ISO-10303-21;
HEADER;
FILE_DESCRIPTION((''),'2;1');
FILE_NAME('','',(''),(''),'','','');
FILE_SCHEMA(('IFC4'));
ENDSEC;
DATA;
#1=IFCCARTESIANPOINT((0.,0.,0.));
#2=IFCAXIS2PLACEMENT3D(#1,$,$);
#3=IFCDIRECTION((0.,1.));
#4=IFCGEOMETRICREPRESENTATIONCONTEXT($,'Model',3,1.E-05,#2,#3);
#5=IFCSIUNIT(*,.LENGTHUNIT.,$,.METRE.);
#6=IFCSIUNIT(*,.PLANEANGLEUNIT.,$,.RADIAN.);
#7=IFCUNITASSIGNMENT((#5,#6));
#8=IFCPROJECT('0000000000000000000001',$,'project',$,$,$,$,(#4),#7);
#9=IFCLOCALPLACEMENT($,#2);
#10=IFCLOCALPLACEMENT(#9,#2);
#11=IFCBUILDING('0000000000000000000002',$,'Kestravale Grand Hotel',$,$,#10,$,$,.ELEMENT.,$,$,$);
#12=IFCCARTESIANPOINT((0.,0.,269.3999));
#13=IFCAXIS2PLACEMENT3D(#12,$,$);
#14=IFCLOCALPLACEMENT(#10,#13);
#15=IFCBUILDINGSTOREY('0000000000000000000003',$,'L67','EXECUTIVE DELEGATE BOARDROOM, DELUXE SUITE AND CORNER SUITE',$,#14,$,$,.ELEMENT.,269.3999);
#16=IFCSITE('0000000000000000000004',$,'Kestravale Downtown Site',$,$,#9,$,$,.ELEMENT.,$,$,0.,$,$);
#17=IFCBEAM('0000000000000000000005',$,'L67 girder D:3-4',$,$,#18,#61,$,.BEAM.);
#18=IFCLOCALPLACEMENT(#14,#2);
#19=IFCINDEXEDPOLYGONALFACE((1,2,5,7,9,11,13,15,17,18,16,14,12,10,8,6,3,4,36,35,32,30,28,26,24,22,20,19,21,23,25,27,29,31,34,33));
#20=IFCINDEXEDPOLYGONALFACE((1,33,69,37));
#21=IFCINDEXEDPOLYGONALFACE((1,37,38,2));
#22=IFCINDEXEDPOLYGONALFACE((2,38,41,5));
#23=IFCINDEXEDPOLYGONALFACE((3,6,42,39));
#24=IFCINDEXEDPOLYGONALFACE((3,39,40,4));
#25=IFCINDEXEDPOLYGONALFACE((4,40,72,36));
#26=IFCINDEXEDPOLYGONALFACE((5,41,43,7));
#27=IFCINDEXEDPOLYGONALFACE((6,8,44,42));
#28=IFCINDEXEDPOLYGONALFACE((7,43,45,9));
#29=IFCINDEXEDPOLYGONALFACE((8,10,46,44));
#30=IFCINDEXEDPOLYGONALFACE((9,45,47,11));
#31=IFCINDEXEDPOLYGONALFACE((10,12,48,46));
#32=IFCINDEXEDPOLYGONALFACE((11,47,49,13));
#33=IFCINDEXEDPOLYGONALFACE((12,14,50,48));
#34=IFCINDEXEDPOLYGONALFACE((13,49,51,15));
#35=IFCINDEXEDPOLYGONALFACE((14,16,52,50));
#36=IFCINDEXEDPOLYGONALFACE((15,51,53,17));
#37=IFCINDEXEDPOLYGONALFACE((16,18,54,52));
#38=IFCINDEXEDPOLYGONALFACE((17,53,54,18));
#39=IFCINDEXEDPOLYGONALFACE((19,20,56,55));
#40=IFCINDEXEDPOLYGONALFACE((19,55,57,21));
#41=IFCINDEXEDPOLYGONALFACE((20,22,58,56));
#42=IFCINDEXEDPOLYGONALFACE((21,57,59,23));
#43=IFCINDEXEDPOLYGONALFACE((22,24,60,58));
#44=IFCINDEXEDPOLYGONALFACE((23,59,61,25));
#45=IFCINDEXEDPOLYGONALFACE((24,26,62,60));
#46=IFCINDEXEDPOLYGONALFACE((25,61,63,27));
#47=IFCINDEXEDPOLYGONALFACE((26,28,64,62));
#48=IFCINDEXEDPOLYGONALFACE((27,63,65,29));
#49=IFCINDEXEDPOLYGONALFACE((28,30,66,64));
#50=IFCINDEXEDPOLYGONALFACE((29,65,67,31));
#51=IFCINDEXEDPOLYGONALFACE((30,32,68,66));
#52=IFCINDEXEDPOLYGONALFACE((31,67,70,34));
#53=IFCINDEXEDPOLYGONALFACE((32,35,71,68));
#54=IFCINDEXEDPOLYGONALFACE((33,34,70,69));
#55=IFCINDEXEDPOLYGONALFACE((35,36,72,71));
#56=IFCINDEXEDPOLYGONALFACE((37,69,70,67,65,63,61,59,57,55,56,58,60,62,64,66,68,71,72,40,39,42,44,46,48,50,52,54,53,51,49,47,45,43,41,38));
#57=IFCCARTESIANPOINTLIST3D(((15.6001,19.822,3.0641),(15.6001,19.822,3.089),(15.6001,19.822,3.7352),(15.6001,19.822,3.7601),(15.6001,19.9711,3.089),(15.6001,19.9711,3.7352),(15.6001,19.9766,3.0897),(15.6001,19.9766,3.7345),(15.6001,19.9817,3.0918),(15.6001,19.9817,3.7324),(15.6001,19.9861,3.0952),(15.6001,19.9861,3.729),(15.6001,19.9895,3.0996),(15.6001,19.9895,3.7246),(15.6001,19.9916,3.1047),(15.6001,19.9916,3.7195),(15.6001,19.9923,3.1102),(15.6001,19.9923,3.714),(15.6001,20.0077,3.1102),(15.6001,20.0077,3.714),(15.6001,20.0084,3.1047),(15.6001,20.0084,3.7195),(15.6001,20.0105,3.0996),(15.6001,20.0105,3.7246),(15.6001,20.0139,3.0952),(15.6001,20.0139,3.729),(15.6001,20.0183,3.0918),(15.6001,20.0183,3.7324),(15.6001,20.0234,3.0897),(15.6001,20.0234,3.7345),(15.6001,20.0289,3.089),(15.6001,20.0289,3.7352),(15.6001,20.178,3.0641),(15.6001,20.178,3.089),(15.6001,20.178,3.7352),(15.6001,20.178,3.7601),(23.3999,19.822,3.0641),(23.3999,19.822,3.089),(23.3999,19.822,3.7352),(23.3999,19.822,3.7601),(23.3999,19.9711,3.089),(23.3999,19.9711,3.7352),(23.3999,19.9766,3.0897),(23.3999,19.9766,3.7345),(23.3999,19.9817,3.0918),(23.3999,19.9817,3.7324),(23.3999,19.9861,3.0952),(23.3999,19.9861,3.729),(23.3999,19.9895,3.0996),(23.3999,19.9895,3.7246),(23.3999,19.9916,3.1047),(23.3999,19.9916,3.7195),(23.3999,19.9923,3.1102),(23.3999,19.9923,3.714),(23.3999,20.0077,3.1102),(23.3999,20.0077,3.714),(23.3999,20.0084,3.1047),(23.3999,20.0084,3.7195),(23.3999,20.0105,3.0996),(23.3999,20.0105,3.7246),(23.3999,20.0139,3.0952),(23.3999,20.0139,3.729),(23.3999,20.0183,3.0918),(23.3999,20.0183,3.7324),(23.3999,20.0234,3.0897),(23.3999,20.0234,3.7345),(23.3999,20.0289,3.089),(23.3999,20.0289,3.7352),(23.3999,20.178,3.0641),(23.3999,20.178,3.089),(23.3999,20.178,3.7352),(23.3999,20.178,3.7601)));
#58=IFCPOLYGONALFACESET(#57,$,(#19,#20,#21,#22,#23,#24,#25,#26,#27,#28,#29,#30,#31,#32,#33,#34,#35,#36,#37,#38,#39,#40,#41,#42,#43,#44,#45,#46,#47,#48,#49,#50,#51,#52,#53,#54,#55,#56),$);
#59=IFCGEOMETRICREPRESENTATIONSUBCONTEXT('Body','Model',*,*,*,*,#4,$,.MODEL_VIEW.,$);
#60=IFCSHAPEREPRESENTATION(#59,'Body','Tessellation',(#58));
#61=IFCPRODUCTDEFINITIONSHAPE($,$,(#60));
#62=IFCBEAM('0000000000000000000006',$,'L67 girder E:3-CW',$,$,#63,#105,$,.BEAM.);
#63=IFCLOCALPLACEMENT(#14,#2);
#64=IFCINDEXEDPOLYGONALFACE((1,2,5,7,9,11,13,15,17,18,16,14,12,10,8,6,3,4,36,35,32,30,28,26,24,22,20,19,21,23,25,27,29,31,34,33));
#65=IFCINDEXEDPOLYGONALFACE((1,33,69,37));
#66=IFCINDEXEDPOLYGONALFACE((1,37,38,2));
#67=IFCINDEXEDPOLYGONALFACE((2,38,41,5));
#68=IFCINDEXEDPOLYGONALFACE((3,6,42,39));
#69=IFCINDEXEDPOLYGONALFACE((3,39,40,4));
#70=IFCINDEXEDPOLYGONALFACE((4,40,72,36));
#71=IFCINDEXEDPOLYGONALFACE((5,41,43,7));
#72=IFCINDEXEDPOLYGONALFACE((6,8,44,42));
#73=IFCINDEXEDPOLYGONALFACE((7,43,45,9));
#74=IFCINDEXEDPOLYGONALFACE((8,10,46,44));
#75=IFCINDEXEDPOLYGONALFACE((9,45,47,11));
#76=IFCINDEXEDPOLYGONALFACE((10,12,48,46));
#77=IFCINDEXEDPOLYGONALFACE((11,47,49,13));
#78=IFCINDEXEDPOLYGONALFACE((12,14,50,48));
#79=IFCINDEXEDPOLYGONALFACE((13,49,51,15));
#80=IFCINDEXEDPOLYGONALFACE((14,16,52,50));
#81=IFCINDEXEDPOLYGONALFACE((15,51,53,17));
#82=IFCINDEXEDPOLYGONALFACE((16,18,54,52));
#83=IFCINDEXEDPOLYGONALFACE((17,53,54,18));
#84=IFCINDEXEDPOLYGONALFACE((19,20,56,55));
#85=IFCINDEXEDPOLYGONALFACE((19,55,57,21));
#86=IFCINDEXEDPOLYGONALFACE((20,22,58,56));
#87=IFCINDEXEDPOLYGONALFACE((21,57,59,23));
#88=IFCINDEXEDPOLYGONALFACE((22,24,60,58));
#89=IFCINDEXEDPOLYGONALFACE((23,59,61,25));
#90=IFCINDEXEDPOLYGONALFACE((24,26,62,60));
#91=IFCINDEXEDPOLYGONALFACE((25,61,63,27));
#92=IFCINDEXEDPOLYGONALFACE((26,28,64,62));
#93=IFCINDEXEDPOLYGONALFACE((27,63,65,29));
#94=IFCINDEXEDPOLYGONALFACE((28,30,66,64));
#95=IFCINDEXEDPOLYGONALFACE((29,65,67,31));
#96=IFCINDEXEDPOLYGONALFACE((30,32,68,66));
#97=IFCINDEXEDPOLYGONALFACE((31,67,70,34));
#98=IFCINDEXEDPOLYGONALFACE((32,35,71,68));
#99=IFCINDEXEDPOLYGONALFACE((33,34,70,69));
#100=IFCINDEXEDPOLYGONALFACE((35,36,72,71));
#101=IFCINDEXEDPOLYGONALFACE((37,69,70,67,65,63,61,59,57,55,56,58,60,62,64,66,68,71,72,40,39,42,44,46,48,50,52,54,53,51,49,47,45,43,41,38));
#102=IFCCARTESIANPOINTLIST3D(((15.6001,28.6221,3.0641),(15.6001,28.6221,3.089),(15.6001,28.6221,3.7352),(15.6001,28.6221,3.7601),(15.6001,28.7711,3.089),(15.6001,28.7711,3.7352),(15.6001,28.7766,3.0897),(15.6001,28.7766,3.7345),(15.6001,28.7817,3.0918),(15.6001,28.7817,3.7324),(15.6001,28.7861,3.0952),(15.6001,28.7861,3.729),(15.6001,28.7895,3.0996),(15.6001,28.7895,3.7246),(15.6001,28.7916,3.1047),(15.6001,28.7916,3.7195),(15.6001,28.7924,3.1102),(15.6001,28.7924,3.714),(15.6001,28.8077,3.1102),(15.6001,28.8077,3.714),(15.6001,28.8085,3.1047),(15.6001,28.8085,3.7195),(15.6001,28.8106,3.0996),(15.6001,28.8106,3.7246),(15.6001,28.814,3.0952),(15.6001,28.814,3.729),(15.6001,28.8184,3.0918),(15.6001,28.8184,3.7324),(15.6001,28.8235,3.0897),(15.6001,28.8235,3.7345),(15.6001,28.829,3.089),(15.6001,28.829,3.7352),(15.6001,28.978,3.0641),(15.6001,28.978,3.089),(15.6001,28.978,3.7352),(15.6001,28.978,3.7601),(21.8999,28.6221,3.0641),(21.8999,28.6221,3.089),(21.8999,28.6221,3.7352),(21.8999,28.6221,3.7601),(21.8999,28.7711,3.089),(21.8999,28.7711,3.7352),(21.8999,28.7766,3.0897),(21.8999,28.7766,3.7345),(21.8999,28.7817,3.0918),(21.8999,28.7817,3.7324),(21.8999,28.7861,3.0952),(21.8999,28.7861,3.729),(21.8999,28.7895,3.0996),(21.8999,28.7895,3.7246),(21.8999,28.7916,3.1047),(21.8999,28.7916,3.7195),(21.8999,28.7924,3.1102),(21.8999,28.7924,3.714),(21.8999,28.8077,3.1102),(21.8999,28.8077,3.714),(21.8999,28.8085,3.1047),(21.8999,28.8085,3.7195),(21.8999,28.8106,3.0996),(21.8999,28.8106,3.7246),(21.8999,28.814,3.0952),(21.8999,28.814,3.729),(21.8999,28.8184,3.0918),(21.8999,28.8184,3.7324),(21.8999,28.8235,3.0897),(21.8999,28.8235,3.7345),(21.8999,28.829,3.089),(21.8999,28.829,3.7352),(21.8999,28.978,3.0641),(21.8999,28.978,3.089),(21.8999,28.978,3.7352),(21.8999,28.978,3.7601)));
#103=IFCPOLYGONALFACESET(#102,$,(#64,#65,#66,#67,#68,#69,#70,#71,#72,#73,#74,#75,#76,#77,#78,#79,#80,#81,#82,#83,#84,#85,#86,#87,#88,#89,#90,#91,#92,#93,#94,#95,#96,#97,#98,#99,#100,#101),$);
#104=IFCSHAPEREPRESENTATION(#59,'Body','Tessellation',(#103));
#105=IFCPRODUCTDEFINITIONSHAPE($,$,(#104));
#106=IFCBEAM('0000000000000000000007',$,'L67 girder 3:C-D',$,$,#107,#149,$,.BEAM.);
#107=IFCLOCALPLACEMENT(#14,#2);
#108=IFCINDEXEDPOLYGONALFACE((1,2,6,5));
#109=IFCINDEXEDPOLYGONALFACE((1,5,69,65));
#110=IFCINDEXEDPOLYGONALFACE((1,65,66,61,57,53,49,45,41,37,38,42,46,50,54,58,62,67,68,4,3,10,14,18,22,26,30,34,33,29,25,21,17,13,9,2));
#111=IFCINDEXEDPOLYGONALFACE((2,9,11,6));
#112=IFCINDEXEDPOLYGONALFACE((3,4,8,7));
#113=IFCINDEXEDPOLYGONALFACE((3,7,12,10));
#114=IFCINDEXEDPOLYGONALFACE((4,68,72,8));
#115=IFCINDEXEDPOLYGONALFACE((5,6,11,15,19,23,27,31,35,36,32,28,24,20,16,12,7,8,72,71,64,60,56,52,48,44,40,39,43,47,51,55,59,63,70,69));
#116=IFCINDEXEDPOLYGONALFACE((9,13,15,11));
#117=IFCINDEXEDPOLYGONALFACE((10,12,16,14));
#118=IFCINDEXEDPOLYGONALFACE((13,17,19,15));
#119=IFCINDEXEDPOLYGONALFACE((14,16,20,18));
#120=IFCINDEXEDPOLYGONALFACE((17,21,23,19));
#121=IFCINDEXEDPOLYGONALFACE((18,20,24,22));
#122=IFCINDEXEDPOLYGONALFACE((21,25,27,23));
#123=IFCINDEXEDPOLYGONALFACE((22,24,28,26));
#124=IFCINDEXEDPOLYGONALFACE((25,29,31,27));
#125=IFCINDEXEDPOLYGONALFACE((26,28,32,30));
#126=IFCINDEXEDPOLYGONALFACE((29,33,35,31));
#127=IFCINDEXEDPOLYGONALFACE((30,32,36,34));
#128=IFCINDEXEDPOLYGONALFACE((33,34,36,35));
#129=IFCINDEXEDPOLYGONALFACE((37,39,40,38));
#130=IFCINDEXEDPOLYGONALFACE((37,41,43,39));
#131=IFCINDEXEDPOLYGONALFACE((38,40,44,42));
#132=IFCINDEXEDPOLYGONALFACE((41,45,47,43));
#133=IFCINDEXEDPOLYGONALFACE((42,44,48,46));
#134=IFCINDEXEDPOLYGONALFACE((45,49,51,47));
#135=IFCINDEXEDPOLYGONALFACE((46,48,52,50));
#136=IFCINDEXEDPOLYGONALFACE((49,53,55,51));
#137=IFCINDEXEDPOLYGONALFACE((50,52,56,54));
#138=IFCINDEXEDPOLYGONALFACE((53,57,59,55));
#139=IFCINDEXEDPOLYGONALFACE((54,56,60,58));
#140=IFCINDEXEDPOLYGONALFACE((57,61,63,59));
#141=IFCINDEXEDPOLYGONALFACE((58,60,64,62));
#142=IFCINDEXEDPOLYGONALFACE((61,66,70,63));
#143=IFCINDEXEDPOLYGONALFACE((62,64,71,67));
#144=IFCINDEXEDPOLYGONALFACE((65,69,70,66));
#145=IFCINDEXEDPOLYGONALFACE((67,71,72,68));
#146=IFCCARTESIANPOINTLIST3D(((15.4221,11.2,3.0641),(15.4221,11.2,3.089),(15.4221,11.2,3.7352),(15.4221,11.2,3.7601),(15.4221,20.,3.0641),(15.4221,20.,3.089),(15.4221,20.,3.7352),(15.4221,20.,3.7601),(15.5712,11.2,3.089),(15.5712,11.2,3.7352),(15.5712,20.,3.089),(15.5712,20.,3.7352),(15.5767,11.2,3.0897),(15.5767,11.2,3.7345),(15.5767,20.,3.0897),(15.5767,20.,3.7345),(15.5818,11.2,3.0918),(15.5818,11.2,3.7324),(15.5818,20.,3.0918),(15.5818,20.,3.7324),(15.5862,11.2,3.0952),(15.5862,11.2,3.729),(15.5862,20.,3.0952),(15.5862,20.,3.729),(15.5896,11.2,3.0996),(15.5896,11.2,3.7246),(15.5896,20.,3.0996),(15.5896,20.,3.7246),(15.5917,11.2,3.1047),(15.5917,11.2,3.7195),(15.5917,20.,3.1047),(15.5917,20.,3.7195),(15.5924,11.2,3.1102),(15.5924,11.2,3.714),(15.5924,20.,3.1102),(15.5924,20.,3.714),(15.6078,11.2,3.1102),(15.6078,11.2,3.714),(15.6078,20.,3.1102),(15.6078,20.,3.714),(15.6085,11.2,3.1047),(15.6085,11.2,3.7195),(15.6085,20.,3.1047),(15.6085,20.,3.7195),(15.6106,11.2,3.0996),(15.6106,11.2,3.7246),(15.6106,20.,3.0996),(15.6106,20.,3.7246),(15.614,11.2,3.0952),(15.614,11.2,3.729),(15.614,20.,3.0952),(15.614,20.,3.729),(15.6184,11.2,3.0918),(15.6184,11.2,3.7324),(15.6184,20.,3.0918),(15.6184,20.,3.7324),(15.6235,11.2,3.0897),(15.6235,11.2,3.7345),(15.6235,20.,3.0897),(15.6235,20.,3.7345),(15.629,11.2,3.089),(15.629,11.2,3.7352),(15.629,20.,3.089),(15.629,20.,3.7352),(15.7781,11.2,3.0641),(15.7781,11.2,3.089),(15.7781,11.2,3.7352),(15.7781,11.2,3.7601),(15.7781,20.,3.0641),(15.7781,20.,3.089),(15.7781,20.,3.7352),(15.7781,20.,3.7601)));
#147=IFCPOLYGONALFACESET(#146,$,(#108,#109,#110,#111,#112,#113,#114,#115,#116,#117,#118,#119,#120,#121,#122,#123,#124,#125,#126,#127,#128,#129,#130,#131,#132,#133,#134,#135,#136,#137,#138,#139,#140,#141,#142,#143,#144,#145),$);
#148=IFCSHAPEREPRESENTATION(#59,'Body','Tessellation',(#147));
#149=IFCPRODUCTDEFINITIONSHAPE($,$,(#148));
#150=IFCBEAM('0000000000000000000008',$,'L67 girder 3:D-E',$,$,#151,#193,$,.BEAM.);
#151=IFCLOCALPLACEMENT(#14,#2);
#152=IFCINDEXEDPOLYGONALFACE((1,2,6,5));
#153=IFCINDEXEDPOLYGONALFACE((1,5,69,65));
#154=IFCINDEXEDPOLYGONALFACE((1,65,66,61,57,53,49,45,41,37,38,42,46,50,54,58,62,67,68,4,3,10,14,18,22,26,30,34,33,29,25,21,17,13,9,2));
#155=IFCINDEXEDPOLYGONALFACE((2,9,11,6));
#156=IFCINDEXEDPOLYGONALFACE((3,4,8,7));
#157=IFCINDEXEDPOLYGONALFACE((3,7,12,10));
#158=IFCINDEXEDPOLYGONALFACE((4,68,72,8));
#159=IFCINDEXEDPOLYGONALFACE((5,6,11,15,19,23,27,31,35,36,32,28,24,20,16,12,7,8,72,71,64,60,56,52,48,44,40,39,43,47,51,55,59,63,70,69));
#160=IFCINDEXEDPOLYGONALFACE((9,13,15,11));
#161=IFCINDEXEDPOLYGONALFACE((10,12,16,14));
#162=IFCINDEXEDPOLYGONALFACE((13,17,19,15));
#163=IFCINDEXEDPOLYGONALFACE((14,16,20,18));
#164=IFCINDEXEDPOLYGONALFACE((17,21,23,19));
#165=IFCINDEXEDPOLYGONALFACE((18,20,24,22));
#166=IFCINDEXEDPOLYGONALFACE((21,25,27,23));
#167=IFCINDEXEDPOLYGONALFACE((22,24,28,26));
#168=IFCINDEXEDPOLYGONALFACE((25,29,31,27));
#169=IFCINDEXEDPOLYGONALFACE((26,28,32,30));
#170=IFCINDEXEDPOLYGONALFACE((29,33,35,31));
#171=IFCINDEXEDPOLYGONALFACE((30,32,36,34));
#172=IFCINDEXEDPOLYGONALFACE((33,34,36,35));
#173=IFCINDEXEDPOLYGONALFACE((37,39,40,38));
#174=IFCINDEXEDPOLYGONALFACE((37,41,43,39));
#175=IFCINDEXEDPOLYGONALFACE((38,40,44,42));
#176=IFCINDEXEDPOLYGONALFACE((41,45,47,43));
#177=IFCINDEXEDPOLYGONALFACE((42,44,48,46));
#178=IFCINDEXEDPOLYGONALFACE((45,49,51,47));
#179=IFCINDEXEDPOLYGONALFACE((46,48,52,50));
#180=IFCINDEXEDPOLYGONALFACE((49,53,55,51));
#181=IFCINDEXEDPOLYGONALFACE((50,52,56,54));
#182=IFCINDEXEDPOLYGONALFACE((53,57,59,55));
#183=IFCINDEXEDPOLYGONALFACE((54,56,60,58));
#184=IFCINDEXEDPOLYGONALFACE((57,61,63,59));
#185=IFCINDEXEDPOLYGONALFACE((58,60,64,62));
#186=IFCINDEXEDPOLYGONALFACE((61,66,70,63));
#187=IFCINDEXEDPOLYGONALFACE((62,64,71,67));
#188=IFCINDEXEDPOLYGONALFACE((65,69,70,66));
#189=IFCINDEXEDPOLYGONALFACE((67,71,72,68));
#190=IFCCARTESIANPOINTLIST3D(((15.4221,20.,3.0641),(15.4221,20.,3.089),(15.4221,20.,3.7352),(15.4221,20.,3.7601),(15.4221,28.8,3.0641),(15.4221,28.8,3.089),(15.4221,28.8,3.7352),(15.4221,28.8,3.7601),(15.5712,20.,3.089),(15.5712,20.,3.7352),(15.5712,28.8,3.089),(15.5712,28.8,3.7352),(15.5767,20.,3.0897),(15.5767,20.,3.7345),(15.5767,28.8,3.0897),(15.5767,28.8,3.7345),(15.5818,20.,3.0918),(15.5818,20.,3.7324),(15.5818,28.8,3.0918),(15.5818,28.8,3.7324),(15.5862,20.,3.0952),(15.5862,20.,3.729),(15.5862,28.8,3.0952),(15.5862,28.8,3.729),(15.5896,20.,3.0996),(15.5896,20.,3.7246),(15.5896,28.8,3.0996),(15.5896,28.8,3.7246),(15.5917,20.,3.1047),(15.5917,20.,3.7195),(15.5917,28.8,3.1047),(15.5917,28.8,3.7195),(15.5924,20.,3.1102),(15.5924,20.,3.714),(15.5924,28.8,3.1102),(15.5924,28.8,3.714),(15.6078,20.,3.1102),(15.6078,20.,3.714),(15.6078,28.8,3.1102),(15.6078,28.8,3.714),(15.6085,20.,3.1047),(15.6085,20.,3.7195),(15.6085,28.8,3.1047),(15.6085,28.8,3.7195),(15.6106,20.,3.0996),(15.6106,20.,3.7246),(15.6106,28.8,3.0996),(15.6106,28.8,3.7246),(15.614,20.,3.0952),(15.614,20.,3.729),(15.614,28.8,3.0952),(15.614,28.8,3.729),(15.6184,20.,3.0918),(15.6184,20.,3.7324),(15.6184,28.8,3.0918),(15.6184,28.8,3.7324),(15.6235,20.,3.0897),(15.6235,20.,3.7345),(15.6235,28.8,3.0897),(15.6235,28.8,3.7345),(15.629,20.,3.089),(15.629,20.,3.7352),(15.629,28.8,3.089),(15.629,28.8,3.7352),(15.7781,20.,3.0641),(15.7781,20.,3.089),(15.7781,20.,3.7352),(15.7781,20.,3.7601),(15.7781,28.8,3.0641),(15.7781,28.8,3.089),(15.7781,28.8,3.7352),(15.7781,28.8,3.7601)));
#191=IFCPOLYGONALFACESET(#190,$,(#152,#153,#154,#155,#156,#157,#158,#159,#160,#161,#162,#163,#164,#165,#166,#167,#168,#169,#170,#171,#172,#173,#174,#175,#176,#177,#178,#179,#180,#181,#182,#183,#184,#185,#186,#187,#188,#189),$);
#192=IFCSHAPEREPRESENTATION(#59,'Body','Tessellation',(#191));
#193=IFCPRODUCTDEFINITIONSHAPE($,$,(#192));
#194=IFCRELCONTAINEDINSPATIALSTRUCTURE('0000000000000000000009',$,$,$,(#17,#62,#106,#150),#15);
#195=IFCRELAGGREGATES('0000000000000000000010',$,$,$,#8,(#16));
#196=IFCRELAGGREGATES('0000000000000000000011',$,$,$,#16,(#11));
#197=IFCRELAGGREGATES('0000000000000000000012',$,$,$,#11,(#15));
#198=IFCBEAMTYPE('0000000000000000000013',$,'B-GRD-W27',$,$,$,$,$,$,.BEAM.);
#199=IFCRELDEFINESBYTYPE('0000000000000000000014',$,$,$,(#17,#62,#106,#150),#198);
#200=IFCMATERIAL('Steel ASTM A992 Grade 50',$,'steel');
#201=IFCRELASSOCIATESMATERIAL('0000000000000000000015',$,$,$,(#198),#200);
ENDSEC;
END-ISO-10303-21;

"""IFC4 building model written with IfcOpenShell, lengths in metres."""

from ifc_helpers import new_model, si_unit, direction, frame, origin, origin_2d, place, context, subcontext, project, spatial, i_section, extrude, material, material_profile, profile_set, type_object, element, save


model = new_model("IFC4")

# Units and contexts
model_context = context("Model", 3, precision=1e-05, world=origin(), true_north=direction((0.0, 1.0)))
body_context = subcontext(model_context, "Body", "Model", "MODEL_VIEW")
ifc_project = project(units=[si_unit("LENGTHUNIT", "METRE"), si_unit("PLANEANGLEUNIT", "RADIAN")], contexts=[model_context])

# Site, building, storey
site_placement = place(None, origin())
site = spatial("IfcSite", under=ifc_project, at=site_placement, Name="Kestravale Downtown Site", CompositionType="ELEMENT", RefElevation=0.0)
building_placement = place(site_placement, origin())
building = spatial("IfcBuilding", under=site, at=building_placement, Name="Kestravale Grand Hotel", CompositionType="ELEMENT")
storey_placement = place(building_placement, frame((0.0, 0.0, 269.3999)))
storey = spatial("IfcBuildingStorey", under=building, at=storey_placement, Name="L67", Description="EXECUTIVE DELEGATE BOARDROOM, DELUXE SUITE AND CORNER SUITE", CompositionType="ELEMENT", Elevation=269.3999)

# Beams
ifc_material_1 = material(Name="Steel ASTM A992 Grade 50", Category="steel")
ifc_material_profile_1 = material_profile(ifc_material_1, i_section(OverallWidth=0.356, OverallDepth=0.696, WebThickness=0.0154, FlangeThickness=0.0249, FilletRadius=0.0212, at=origin_2d()))
ifc_profile_set_1 = profile_set([ifc_material_profile_1], Name="Steel ASTM A992 Grade 50")
beam_type = type_object("IfcBeamType", Name="B-GRD-W27", PredefinedType="BEAM", material=ifc_profile_set_1)
for number, where, z_axis, x_axis, name in (
    (1, (15.6001, 20.0, 3.4121), (1.0, 0.0, 0.0), (0.0, 1.0, 0.0), "L67 girder D:3-4"),
):
    element("IfcBeam", number, at=place(storey_placement, frame(where, z_axis=z_axis, x_axis=x_axis)), inside=storey, type_object=beam_type, Name=name, PredefinedType="BEAM", context=body_context, shape_type="SweptSolid", body=[
        extrude(i_section(OverallWidth=0.356, OverallDepth=0.696, WebThickness=0.0154, FlangeThickness=0.0249, FilletRadius=0.0212, at=origin_2d()), origin(), (0.0, 0.0, 1.0), 7.7998),
    ])
beam_1_placement = place(storey_placement, frame((15.6001, 28.8, 3.4121), z_axis=(1.0, 0.0, 0.0), x_axis=(0.0, 1.0, 0.0)))
element("IfcBeam", 2, at=beam_1_placement, inside=storey, type_object=beam_type, Name="L67 girder E:3-CW", PredefinedType="BEAM", context=body_context, shape_type="SweptSolid", body=[
    extrude(i_section(OverallWidth=0.356, OverallDepth=0.696, WebThickness=0.0154, FlangeThickness=0.0249, FilletRadius=0.0212, at=origin_2d()), origin(), (0.0, 0.0, 1.0), 6.2998),
])
for number, where, z_axis, x_axis, name in (
    (3, (15.6001, 11.2, 3.4121), (0.0, 1.0, 0.0), (-1.0, 0.0, 0.0), "L67 girder 3:C-D"),
    (4, (15.6001, 20.0, 3.4121), (0.0, 1.0, 0.0), (-1.0, 0.0, 0.0), "L67 girder 3:D-E"),
):
    element("IfcBeam", number, at=place(storey_placement, frame(where, z_axis=z_axis, x_axis=x_axis)), inside=storey, type_object=beam_type, Name=name, PredefinedType="BEAM", context=body_context, shape_type="SweptSolid", body=[
        extrude(i_section(OverallWidth=0.356, OverallDepth=0.696, WebThickness=0.0154, FlangeThickness=0.0249, FilletRadius=0.0212, at=origin_2d()), origin(), (0.0, 0.0, 1.0), 8.8),
    ])

save(model, "model.ifc")
